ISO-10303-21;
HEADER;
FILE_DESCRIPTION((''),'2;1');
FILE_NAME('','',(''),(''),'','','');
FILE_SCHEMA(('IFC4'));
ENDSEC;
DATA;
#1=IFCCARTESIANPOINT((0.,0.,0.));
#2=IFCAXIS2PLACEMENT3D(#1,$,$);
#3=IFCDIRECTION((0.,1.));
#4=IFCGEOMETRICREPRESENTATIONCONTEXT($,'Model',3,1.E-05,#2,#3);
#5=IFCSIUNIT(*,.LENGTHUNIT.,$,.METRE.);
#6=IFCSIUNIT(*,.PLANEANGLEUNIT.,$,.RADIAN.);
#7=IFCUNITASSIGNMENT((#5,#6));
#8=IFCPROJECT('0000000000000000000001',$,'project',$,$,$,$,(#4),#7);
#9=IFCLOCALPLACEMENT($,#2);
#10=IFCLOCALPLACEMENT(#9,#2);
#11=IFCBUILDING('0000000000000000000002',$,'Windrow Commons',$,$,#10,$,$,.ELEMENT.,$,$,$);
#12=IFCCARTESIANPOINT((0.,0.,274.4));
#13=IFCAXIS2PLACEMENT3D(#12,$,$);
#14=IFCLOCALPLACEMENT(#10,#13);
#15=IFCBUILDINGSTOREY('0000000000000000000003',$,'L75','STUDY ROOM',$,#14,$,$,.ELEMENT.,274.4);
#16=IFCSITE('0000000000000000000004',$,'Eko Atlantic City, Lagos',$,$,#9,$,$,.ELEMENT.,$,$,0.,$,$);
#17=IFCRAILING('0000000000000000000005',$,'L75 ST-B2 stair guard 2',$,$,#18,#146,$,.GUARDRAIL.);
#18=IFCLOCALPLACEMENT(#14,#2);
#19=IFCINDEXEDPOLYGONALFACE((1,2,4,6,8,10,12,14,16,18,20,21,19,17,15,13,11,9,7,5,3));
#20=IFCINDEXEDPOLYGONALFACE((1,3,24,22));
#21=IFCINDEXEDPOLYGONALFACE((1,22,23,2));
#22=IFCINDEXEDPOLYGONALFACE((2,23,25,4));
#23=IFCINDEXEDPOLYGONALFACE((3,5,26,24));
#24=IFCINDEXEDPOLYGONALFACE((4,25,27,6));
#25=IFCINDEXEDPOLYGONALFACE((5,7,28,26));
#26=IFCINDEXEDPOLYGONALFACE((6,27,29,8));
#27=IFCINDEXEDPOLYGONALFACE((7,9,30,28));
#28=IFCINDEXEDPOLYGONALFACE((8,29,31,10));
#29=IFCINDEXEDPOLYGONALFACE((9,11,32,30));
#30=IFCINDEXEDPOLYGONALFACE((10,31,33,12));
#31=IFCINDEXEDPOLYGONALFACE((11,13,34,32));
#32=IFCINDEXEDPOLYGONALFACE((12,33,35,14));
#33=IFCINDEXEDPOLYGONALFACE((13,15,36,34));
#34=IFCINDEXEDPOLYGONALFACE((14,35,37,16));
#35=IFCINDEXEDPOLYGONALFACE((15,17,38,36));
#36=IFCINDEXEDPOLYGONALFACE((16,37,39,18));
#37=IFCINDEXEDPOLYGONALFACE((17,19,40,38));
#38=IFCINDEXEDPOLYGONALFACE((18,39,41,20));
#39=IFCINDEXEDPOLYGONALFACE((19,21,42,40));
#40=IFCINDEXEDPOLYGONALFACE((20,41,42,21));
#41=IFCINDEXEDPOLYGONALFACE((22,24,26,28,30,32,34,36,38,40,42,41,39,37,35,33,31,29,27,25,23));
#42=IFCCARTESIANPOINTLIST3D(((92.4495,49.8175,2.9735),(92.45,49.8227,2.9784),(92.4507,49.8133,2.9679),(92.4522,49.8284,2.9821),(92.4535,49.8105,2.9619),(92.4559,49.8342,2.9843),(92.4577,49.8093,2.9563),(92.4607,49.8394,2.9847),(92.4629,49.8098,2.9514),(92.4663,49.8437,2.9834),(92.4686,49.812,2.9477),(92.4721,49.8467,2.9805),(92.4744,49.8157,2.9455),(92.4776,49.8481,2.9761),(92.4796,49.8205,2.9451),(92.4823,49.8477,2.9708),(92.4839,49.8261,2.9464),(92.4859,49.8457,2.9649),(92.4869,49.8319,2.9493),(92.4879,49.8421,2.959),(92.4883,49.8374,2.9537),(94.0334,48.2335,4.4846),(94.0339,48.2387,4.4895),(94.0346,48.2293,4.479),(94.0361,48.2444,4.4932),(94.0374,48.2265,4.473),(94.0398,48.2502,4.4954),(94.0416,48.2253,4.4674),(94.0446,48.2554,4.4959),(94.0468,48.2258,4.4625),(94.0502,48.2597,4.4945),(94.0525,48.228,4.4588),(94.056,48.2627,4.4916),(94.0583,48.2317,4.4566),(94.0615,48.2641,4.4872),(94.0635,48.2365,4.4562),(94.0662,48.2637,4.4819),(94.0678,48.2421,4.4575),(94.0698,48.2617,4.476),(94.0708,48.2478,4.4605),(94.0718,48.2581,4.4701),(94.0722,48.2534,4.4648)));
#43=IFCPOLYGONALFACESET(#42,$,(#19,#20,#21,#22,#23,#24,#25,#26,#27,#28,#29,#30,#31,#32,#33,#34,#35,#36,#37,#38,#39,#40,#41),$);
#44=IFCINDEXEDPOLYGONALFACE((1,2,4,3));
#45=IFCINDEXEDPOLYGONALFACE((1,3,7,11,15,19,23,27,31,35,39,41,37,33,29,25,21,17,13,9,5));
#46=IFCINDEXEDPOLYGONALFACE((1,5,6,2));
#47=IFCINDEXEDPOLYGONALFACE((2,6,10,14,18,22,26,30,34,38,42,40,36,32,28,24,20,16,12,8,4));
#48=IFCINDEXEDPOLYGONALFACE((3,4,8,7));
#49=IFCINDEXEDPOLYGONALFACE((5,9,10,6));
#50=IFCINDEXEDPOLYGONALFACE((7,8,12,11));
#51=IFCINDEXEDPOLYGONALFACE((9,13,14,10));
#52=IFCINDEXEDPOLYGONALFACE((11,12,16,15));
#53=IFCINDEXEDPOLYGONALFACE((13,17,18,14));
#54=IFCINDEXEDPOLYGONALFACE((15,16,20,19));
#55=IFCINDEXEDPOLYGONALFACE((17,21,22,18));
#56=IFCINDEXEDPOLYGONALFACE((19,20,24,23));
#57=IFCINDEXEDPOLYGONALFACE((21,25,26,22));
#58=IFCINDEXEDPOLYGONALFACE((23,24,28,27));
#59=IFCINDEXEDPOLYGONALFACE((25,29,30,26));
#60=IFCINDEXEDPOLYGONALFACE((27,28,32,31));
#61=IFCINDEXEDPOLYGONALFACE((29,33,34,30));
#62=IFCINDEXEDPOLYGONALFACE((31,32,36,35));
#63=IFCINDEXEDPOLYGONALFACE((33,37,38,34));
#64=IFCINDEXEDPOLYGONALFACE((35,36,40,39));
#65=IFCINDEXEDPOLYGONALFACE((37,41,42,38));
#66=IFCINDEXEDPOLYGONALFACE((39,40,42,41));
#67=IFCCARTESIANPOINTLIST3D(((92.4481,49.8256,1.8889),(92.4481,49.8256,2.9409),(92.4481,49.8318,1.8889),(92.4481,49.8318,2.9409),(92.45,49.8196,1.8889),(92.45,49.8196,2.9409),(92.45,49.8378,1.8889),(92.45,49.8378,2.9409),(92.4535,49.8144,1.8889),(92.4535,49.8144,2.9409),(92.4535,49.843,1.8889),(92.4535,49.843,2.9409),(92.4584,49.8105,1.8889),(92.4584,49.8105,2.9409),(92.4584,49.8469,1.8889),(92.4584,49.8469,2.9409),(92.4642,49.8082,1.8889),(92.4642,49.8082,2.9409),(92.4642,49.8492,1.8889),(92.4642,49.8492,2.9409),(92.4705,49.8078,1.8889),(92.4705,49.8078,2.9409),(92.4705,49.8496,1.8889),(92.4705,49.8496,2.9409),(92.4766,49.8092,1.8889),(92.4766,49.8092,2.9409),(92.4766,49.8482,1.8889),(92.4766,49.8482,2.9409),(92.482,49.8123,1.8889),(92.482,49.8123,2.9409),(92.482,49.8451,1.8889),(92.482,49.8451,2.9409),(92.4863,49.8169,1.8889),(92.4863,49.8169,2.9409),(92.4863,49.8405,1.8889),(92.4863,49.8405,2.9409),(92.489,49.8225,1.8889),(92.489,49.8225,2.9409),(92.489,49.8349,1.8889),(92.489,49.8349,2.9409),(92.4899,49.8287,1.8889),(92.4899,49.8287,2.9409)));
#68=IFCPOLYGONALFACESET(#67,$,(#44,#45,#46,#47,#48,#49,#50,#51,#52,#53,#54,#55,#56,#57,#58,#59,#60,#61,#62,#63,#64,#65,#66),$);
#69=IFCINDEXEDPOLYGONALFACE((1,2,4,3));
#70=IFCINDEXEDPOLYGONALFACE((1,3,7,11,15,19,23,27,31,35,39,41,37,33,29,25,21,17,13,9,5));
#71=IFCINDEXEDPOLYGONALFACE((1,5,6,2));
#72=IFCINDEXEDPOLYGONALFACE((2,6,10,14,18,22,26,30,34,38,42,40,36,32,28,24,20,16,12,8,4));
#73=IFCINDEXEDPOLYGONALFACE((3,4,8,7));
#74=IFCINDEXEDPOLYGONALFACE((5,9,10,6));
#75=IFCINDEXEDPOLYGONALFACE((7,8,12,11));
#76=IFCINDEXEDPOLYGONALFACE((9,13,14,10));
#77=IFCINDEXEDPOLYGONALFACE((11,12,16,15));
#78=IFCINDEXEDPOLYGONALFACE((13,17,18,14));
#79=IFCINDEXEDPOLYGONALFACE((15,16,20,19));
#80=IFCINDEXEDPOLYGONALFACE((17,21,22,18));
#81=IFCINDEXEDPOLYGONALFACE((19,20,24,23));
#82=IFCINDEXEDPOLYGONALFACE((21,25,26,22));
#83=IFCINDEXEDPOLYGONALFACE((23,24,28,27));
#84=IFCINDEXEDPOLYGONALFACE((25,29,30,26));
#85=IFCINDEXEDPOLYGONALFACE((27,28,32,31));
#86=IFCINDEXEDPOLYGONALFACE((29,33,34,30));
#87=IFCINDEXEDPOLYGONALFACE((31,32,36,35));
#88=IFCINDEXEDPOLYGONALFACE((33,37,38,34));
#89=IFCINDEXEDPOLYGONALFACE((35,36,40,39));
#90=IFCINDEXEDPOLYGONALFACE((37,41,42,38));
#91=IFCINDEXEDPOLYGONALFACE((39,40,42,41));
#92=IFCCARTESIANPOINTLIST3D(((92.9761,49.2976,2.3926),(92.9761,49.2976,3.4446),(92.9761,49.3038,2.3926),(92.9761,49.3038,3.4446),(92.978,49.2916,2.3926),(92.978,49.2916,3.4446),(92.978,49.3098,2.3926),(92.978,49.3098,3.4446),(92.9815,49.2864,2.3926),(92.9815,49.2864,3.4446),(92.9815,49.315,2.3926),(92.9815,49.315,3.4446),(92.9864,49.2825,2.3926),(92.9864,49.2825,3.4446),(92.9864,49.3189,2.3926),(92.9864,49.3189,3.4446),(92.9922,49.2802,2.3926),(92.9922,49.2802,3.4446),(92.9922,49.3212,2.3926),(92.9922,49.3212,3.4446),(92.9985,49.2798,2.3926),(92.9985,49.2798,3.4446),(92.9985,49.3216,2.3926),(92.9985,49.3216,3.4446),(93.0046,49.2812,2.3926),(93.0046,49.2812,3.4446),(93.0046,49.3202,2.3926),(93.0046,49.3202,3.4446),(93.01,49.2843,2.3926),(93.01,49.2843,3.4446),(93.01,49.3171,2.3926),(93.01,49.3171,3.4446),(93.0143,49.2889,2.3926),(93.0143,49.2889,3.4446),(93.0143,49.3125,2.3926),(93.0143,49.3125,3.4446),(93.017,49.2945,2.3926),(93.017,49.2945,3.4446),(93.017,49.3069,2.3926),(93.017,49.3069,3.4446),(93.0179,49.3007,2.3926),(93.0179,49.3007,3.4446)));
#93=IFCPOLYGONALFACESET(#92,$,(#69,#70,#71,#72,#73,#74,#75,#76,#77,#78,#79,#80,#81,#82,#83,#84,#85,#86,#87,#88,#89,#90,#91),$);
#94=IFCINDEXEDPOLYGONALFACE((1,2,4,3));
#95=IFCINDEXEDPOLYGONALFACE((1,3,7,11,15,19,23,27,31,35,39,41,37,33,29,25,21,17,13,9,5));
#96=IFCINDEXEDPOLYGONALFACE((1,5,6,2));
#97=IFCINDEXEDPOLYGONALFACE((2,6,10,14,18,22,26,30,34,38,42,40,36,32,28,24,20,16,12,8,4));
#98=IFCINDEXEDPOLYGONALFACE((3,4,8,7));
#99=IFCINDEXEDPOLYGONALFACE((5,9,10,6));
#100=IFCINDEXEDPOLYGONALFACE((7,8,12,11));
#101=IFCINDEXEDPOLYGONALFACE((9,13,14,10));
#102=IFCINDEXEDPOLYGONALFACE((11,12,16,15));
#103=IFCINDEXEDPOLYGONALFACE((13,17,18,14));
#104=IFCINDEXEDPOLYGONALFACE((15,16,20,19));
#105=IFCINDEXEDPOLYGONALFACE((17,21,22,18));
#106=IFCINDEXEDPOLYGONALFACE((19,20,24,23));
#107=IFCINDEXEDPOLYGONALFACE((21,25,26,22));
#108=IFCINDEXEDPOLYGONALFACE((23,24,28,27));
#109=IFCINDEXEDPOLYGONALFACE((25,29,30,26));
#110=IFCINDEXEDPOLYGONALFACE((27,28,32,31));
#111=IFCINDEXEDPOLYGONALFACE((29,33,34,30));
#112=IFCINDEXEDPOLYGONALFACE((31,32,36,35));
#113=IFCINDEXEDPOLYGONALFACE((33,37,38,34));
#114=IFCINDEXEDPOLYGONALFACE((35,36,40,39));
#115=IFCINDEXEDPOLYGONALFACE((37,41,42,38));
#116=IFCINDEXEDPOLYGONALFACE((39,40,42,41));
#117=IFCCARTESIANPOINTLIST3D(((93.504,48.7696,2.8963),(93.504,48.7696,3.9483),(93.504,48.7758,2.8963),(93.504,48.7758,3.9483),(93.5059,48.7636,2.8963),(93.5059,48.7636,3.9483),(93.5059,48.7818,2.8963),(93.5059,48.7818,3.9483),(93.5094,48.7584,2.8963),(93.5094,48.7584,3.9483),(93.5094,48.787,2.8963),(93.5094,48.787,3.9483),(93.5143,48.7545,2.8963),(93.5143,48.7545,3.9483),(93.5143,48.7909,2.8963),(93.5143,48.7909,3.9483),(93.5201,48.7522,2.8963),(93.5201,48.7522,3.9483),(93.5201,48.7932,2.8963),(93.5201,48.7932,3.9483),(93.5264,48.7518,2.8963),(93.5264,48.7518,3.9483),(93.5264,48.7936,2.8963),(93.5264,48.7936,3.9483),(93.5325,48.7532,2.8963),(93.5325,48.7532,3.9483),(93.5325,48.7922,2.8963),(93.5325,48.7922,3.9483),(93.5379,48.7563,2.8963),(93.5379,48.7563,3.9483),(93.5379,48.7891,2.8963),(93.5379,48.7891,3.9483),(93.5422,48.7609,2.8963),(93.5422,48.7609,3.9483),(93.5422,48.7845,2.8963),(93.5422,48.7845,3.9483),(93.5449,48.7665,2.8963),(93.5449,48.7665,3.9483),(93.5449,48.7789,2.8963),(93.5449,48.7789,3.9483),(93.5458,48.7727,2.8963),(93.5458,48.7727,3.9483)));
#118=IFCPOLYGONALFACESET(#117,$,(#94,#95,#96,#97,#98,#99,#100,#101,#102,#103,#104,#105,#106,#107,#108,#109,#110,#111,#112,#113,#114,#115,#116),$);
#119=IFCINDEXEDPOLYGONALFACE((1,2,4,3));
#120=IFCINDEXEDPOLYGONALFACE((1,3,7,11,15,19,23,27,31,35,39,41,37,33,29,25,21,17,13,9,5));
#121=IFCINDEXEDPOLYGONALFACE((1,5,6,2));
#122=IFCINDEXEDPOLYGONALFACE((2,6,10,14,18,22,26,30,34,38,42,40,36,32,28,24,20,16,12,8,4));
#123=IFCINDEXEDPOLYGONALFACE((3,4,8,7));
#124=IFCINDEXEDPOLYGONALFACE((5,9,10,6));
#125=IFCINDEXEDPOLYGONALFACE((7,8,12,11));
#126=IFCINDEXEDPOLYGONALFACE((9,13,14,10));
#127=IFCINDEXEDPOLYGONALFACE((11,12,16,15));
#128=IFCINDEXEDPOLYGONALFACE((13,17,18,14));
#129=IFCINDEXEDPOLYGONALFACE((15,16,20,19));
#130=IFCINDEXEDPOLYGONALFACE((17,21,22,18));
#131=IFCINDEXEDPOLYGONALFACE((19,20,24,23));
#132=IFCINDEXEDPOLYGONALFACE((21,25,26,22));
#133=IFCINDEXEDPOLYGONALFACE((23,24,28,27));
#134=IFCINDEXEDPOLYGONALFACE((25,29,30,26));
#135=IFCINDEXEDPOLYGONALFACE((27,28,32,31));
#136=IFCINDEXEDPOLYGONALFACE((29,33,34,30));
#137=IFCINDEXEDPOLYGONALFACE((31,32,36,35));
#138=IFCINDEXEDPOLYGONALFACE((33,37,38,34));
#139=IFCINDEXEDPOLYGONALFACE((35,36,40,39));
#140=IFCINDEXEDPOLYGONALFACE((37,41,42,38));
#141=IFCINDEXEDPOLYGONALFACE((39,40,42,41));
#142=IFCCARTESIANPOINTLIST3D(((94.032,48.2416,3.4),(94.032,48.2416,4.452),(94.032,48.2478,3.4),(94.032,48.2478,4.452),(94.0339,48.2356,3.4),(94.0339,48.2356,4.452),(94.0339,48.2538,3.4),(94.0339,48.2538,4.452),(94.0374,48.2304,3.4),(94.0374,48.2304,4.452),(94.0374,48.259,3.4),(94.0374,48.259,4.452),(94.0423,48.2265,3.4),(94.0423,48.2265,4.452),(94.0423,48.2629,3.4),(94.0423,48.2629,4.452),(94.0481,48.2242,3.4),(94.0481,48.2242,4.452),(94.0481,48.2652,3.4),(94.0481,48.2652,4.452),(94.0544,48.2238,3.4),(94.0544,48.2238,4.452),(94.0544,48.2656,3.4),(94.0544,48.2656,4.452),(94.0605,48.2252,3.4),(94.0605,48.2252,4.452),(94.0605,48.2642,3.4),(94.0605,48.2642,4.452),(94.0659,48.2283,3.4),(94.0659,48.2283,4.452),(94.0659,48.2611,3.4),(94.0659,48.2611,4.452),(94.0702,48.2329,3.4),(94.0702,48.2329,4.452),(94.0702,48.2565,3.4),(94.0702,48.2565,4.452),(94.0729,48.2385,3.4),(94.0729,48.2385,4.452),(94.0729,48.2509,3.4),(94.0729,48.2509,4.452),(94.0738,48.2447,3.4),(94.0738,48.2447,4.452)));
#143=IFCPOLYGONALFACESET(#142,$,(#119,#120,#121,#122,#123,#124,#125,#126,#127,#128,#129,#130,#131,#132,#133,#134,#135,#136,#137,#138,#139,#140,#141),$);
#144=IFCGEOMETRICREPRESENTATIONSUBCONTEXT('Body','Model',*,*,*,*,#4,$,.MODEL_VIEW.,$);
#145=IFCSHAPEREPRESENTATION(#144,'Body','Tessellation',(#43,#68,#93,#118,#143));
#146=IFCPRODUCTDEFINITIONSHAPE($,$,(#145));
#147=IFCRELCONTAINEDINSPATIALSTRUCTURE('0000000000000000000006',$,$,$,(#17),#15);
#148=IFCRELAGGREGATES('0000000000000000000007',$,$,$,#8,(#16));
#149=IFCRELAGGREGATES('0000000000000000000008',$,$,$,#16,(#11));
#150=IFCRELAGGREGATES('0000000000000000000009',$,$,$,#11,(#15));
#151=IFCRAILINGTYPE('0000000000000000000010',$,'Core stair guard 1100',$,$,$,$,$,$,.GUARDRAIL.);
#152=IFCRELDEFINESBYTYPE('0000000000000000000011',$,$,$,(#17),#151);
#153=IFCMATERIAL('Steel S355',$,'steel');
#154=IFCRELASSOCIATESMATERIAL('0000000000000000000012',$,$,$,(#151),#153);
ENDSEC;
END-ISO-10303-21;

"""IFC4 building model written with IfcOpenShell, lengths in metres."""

from ifc_helpers import new_model, si_unit, direction, frame, origin, origin_2d, place, context, subcontext, project, spatial, circle, extrude, material, type_object, element, save


model = new_model("IFC4")

# Units and contexts
model_context = context("Model", 3, precision=1e-05, world=origin(), true_north=direction((0.0, 1.0)))
body_context = subcontext(model_context, "Body", "Model", "MODEL_VIEW")
ifc_project = project(units=[si_unit("LENGTHUNIT", "METRE"), si_unit("PLANEANGLEUNIT", "RADIAN")], contexts=[model_context])

# Site, building, storey
site_placement = place(None, origin())
site = spatial("IfcSite", under=ifc_project, at=site_placement, Name="Eko Atlantic City, Lagos", CompositionType="ELEMENT", RefElevation=0.0)
building_placement = place(site_placement, origin())
building = spatial("IfcBuilding", under=site, at=building_placement, Name="Windrow Commons", CompositionType="ELEMENT")
storey_placement = place(building_placement, frame((0.0, 0.0, 274.4)))
storey = spatial("IfcBuildingStorey", under=building, at=storey_placement, Name="L75", Description="STUDY ROOM", CompositionType="ELEMENT", Elevation=274.4)

# Railing
ifc_material_1 = material(Name="Steel S355", Category="steel")
railing_type_1 = type_object("IfcRailingType", Name="Core stair guard 1100", PredefinedType="GUARDRAIL", material=ifc_material_1)
railing_1_placement = place(storey_placement, frame((92.4689, 49.8287, 1.8889)))
element("IfcRailing", 1, at=railing_1_placement, inside=storey, type_object=railing_type_1, Name="L75 ST-B2 stair guard 2", PredefinedType="GUARDRAIL", context=body_context, shape_type="SweptSolid", body=[
    extrude(circle(Radius=0.024, at=origin_2d()), frame((0.0, 0.0, 1.076), z_axis=(0.586179, -0.586216, 0.559237), x_axis=(0.707129, 0.707084, 0.0)), (0.0, 0.0, 1.0), 2.7021),
    extrude(circle(Radius=0.021, at=origin_2d()), origin(), (0.0, 0.0, 1.0), 1.052),
    extrude(circle(Radius=0.021, at=origin_2d()), frame((0.528, -0.528, 0.5037)), (0.0, 0.0, 1.0), 1.052),
    extrude(circle(Radius=0.021, at=origin_2d()), frame((1.0559, -1.056, 1.0074)), (0.0, 0.0, 1.0), 1.052),
    extrude(circle(Radius=0.021, at=origin_2d()), frame((1.5839, -1.584, 1.5111)), (0.0, 0.0, 1.0), 1.052),
])

save(model, "model.ifc")
